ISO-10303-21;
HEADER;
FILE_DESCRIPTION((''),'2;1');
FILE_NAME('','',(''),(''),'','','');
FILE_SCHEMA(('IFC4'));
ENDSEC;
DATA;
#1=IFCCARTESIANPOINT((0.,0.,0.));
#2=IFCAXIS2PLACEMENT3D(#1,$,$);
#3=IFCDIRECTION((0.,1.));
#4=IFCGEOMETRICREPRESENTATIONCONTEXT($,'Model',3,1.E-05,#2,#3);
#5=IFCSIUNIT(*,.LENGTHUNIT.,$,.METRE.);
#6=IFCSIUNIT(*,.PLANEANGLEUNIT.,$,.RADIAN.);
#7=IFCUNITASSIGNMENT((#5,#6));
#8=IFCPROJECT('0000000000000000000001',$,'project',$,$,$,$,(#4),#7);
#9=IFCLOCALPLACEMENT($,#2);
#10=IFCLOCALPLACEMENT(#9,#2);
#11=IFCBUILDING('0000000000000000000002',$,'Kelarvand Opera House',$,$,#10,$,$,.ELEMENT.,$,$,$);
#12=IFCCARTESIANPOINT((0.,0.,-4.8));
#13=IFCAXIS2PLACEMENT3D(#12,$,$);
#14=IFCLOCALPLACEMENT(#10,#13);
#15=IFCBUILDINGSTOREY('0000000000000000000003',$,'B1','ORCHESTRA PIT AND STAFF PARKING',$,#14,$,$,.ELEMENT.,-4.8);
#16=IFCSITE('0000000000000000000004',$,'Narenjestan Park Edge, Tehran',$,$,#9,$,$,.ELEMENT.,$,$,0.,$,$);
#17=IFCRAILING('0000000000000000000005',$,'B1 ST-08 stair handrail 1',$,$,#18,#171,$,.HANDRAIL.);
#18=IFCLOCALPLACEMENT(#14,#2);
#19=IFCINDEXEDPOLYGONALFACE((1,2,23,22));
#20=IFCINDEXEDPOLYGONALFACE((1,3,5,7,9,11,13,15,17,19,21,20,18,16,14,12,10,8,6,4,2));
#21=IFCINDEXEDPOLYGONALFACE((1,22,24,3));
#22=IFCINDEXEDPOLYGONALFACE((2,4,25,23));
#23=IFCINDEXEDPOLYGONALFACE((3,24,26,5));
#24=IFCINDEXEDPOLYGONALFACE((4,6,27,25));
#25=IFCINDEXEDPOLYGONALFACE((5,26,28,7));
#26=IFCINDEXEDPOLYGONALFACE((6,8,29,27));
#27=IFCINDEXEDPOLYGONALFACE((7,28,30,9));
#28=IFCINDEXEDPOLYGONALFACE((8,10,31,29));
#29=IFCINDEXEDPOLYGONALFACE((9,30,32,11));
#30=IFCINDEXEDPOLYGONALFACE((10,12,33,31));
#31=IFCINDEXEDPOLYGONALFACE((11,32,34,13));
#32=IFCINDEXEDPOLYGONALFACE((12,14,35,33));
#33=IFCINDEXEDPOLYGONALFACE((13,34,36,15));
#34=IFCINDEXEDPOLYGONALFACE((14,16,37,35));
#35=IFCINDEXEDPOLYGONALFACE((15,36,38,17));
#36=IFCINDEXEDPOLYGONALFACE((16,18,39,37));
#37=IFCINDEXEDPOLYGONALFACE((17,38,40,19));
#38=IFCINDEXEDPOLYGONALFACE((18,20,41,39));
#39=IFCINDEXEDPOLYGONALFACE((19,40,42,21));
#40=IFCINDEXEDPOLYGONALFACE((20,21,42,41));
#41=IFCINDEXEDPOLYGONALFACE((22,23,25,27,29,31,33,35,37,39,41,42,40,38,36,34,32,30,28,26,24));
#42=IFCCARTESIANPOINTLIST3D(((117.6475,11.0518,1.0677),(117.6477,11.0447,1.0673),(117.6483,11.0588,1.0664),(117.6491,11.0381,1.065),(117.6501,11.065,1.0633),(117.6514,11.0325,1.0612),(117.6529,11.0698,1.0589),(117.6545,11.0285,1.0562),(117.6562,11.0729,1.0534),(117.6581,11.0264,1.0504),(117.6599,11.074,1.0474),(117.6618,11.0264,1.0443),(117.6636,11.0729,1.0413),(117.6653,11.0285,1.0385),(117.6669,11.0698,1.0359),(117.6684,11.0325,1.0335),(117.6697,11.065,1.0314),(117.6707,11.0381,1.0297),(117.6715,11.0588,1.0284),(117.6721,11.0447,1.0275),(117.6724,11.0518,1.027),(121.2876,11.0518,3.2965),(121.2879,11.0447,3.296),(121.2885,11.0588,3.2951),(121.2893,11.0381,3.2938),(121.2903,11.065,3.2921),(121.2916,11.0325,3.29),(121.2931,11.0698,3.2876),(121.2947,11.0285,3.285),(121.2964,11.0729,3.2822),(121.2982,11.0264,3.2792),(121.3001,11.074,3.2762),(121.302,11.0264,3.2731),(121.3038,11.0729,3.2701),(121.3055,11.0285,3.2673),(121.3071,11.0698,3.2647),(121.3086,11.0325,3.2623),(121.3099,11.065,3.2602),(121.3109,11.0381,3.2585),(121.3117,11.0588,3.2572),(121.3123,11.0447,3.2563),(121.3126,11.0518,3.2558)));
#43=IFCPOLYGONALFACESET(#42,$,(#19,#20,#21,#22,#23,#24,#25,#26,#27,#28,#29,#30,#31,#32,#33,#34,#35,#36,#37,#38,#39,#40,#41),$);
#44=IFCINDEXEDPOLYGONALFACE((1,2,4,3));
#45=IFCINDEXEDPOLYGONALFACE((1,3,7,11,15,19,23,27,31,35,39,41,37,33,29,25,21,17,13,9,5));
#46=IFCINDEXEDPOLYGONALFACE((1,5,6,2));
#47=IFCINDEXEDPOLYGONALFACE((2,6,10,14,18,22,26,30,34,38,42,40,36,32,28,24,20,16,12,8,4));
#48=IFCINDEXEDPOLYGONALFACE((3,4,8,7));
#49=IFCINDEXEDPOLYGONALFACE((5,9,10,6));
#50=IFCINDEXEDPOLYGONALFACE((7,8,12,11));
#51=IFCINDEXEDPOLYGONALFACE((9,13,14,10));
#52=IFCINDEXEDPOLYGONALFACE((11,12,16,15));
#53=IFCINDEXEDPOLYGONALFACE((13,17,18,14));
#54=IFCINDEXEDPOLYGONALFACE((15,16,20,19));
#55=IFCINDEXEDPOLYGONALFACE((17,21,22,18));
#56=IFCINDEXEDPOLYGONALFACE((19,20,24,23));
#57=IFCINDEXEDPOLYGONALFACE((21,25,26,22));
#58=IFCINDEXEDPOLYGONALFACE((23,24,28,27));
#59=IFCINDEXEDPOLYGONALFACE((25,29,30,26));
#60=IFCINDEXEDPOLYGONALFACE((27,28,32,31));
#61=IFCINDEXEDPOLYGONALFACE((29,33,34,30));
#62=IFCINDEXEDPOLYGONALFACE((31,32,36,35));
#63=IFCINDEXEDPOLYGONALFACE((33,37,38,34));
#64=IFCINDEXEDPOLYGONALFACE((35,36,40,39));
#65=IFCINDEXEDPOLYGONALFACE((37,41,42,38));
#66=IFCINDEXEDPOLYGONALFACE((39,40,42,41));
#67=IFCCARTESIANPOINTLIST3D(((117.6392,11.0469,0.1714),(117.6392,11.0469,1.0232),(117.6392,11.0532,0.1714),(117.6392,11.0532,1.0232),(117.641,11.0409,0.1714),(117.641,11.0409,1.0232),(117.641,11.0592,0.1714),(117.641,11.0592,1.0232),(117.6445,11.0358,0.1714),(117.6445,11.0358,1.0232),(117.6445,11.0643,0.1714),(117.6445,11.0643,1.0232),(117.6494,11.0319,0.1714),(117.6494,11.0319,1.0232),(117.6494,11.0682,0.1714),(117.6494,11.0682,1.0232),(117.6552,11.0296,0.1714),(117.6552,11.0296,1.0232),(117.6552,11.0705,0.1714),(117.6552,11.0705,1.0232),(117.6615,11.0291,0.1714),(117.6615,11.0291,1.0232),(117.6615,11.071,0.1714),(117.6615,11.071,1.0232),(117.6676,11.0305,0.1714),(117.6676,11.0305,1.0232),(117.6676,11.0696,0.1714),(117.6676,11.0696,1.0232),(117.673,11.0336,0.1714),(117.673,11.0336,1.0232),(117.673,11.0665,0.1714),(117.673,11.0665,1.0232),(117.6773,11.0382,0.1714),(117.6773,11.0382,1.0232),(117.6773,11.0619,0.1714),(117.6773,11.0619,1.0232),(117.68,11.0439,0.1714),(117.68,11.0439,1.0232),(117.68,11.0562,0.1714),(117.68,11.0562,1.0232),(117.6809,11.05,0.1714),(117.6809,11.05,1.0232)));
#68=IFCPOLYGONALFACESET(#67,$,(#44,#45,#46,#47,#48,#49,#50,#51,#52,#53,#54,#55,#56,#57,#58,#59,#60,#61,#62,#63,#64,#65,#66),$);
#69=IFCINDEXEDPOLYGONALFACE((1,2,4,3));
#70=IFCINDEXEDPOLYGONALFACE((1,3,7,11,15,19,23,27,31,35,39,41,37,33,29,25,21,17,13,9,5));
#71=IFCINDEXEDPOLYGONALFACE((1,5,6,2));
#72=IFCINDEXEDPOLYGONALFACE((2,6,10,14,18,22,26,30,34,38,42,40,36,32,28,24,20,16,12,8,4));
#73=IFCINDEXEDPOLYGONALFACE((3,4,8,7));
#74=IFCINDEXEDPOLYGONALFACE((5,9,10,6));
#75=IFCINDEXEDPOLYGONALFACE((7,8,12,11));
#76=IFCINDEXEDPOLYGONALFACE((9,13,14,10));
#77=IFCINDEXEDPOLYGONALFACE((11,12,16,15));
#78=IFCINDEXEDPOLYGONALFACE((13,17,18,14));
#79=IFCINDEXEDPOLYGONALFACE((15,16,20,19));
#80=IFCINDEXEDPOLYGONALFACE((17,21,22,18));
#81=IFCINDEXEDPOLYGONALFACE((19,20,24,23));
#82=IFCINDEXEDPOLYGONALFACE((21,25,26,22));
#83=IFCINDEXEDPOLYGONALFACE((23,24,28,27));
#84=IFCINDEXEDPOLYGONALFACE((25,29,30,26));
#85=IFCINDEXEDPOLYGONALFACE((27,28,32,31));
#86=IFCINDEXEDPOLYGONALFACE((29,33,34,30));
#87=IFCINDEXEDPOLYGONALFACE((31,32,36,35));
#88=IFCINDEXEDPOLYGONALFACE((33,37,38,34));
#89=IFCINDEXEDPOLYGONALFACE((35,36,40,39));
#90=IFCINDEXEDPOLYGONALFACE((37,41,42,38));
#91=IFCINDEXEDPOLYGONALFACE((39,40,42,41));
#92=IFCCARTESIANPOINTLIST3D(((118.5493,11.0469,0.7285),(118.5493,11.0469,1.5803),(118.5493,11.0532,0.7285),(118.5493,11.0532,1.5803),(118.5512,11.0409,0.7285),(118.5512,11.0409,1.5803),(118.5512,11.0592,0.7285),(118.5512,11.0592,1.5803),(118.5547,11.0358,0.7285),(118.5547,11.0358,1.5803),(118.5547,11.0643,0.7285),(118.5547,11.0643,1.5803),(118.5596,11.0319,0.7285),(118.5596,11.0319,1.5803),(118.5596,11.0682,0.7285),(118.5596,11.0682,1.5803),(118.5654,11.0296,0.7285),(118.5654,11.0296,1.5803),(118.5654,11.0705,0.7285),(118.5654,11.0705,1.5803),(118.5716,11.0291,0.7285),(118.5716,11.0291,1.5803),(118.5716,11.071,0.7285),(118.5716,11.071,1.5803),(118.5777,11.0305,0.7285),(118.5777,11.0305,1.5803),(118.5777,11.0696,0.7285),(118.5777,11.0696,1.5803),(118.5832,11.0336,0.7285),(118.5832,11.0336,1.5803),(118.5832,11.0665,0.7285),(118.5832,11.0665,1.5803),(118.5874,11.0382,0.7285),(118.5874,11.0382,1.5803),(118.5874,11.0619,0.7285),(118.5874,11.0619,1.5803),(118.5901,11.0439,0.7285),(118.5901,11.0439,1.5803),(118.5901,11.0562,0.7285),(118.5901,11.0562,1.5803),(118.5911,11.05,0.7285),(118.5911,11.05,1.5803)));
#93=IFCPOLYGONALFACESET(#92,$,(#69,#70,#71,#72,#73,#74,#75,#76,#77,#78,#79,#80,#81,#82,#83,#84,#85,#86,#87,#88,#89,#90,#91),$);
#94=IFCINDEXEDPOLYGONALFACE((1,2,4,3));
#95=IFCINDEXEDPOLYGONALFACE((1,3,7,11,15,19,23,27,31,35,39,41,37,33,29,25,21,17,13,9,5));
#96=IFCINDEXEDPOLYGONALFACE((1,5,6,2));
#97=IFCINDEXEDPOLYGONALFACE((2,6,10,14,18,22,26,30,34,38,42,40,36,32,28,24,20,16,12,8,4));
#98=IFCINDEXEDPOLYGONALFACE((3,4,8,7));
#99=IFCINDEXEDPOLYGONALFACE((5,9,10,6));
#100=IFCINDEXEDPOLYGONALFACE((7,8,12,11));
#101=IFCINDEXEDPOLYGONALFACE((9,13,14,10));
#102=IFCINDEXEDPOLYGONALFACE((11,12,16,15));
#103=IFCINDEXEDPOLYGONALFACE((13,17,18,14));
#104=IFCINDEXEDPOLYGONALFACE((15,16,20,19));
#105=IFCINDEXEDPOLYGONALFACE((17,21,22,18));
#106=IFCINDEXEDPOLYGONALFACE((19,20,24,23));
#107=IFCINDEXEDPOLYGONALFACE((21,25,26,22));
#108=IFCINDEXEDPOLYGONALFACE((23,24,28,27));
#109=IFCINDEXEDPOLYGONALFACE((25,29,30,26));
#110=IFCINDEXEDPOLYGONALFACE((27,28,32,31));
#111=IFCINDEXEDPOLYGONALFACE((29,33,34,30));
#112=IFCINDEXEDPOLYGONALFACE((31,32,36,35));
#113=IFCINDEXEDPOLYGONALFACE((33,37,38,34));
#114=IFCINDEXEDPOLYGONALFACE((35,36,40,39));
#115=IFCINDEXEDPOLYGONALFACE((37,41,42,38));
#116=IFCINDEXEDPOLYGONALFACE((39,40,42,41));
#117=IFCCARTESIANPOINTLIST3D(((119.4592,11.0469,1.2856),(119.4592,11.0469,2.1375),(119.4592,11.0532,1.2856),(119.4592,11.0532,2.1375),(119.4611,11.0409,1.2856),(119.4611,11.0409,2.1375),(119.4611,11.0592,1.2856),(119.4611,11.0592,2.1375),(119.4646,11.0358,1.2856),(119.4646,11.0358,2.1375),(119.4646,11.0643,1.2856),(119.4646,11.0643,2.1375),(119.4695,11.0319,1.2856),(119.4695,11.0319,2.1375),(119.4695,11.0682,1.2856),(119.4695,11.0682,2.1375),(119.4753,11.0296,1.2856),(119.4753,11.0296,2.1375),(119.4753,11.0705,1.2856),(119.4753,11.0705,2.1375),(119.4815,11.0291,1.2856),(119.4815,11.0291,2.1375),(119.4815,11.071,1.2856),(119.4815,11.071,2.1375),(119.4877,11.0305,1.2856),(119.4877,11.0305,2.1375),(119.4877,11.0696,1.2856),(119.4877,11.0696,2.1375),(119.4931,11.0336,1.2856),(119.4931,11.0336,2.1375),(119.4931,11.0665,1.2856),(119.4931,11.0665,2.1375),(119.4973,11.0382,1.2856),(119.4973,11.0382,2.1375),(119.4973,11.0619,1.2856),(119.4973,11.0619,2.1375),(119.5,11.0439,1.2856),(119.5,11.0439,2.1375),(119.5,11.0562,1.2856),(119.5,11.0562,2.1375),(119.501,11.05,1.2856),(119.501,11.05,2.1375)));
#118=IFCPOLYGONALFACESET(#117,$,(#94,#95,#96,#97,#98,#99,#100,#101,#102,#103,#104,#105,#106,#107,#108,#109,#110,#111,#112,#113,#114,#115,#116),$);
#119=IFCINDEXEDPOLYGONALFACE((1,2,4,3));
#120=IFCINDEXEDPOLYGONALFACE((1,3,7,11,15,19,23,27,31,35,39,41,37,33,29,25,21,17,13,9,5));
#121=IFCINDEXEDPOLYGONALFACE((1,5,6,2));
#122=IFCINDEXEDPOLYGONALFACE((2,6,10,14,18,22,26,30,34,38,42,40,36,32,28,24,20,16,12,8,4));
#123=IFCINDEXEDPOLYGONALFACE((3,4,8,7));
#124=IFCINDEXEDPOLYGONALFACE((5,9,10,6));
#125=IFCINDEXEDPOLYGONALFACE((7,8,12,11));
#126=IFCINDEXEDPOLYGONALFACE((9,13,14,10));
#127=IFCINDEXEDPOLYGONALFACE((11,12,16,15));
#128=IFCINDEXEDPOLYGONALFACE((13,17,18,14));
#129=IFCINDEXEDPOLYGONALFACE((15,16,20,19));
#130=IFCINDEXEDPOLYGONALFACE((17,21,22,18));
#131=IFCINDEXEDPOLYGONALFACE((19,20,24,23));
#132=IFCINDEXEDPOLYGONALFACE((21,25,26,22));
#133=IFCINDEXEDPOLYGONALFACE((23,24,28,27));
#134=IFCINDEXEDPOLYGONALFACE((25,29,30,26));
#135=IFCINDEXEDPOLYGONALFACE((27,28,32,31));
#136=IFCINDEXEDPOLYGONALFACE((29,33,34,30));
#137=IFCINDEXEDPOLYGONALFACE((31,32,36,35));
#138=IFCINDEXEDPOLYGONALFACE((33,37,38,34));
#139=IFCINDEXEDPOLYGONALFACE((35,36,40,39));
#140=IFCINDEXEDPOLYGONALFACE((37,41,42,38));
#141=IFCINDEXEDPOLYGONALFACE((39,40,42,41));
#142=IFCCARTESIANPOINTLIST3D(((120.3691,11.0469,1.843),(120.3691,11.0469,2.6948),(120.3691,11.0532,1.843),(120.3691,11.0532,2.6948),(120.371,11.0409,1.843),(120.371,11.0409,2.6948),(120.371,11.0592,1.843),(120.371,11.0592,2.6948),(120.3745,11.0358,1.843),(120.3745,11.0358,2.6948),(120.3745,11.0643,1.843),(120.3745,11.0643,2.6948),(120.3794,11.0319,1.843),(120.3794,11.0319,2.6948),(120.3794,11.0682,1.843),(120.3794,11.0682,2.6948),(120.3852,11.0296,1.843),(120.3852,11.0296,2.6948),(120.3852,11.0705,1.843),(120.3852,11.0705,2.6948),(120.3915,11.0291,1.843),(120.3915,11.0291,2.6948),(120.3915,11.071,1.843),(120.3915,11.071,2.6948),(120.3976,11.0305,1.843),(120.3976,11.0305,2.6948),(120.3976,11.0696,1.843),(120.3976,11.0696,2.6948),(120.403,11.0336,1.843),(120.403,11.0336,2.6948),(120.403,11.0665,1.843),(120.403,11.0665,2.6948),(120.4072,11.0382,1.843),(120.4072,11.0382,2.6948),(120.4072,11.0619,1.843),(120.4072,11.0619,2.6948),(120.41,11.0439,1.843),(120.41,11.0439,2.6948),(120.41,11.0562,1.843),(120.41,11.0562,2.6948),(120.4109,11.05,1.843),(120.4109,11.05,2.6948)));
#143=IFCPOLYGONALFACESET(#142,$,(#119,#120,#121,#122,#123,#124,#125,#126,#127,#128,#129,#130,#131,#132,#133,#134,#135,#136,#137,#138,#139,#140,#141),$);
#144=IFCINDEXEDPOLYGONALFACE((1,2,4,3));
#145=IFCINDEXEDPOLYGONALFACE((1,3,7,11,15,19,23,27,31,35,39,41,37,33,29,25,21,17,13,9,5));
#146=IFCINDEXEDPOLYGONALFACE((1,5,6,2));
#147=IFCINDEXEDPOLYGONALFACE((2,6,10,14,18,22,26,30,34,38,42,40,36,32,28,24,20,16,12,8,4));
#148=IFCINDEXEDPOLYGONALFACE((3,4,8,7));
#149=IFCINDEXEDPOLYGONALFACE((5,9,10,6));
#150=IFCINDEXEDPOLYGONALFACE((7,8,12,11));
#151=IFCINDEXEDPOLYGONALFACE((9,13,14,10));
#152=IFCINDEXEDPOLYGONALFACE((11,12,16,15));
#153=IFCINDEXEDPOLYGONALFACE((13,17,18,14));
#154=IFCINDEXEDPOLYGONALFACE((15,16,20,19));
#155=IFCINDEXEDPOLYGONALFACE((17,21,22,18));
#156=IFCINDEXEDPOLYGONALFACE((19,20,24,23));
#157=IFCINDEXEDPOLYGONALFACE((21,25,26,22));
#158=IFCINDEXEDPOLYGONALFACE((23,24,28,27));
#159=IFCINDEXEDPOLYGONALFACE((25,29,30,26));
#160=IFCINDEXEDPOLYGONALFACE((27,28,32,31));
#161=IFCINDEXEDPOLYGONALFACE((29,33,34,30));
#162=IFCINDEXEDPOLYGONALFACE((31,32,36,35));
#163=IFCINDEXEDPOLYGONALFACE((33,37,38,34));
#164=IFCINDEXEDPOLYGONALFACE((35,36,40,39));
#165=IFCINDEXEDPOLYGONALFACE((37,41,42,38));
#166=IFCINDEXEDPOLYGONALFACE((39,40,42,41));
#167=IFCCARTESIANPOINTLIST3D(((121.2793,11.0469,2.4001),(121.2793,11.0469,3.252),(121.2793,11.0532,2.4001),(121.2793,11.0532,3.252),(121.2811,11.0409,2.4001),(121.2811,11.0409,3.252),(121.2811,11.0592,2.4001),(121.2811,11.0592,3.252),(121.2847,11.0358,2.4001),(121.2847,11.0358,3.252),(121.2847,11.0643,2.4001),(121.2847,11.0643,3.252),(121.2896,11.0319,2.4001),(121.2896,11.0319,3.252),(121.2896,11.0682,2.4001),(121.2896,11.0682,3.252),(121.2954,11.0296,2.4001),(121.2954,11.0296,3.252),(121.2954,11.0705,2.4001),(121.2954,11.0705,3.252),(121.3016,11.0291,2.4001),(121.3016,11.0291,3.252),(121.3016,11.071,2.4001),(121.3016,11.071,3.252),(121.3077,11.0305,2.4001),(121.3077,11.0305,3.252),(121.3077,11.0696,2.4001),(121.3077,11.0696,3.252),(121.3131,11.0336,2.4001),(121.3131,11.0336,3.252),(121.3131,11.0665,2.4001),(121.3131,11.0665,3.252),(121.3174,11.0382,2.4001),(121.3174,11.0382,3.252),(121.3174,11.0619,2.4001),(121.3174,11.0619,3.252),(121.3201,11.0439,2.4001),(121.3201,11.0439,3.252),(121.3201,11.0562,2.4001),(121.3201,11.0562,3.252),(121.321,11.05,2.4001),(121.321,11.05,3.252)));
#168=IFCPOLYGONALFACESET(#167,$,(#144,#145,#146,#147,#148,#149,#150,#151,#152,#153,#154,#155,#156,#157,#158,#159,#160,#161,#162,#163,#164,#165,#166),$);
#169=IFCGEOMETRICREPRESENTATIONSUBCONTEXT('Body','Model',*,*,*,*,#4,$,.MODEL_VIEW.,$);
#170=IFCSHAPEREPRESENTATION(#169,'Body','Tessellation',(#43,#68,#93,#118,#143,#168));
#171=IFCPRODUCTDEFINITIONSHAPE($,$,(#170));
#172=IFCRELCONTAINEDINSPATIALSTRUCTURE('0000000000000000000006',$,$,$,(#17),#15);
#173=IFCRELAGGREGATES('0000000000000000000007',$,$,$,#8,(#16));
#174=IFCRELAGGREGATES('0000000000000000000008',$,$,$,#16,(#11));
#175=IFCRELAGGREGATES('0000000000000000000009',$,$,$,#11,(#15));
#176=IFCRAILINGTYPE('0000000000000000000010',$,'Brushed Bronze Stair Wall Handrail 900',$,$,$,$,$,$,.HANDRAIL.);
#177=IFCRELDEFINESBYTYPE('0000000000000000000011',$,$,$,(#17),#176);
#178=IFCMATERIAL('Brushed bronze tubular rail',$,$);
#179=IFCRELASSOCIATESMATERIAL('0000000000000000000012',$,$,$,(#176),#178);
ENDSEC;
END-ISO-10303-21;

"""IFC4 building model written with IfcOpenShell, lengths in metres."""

from ifc_helpers import new_model, si_unit, direction, frame, origin, origin_2d, place, context, subcontext, project, spatial, circle, extrude, material, type_object, element, save


model = new_model("IFC4")

# Units and contexts
model_context = context("Model", 3, precision=1e-05, world=origin(), true_north=direction((0.0, 1.0)))
body_context = subcontext(model_context, "Body", "Model", "MODEL_VIEW")
ifc_project = project(units=[si_unit("LENGTHUNIT", "METRE"), si_unit("PLANEANGLEUNIT", "RADIAN")], contexts=[model_context])

# Site, building, storey
site_placement = place(None, origin())
site = spatial("IfcSite", under=ifc_project, at=site_placement, Name="Narenjestan Park Edge, Tehran", CompositionType="ELEMENT", RefElevation=0.0)
building_placement = place(site_placement, origin())
building = spatial("IfcBuilding", under=site, at=building_placement, Name="Kelarvand Opera House", CompositionType="ELEMENT")
storey_placement = place(building_placement, frame((0.0, 0.0, -4.8)))
storey = spatial("IfcBuildingStorey", under=building, at=storey_placement, Name="B1", Description="ORCHESTRA PIT AND STAFF PARKING", CompositionType="ELEMENT", Elevation=-4.8)

# Railing
ifc_material_1 = material(Name="Brushed bronze tubular rail")
railing_type_1 = type_object("IfcRailingType", Name="Brushed Bronze Stair Wall Handrail 900", PredefinedType="HANDRAIL", material=ifc_material_1)
railing_1_placement = place(storey_placement, frame((117.6599, 11.05, 0.1714)))
element("IfcRailing", 1, at=railing_1_placement, inside=storey, type_object=railing_type_1, Name="B1 ST-08 stair handrail 1", PredefinedType="HANDRAIL", context=body_context, shape_type="SweptSolid", body=[
    extrude(circle(Radius=0.0239, at=origin_2d()), frame((0.0, 0.0, 0.876), z_axis=(0.85284, 0.0, 0.522172), x_axis=(0.0, 1.0, 0.0)), (0.0, 0.0, 1.0), 4.2683),
    extrude(circle(Radius=0.021, at=origin_2d()), origin(), (0.0, 0.0, 1.0), 0.8518),
    extrude(circle(Radius=0.021, at=origin_2d()), frame((0.9102, 0.0, 0.5571)), (0.0, 0.0, 1.0), 0.8518),
    extrude(circle(Radius=0.021, at=origin_2d()), frame((1.8201, 0.0, 1.1143)), (0.0, 0.0, 1.0), 0.8518),
    extrude(circle(Radius=0.021, at=origin_2d()), frame((2.73, 0.0, 1.6716)), (0.0, 0.0, 1.0), 0.8518),
    extrude(circle(Radius=0.021, at=origin_2d()), frame((3.6401, 0.0, 2.2288)), (0.0, 0.0, 1.0), 0.8518),
])

save(model, "model.ifc")
